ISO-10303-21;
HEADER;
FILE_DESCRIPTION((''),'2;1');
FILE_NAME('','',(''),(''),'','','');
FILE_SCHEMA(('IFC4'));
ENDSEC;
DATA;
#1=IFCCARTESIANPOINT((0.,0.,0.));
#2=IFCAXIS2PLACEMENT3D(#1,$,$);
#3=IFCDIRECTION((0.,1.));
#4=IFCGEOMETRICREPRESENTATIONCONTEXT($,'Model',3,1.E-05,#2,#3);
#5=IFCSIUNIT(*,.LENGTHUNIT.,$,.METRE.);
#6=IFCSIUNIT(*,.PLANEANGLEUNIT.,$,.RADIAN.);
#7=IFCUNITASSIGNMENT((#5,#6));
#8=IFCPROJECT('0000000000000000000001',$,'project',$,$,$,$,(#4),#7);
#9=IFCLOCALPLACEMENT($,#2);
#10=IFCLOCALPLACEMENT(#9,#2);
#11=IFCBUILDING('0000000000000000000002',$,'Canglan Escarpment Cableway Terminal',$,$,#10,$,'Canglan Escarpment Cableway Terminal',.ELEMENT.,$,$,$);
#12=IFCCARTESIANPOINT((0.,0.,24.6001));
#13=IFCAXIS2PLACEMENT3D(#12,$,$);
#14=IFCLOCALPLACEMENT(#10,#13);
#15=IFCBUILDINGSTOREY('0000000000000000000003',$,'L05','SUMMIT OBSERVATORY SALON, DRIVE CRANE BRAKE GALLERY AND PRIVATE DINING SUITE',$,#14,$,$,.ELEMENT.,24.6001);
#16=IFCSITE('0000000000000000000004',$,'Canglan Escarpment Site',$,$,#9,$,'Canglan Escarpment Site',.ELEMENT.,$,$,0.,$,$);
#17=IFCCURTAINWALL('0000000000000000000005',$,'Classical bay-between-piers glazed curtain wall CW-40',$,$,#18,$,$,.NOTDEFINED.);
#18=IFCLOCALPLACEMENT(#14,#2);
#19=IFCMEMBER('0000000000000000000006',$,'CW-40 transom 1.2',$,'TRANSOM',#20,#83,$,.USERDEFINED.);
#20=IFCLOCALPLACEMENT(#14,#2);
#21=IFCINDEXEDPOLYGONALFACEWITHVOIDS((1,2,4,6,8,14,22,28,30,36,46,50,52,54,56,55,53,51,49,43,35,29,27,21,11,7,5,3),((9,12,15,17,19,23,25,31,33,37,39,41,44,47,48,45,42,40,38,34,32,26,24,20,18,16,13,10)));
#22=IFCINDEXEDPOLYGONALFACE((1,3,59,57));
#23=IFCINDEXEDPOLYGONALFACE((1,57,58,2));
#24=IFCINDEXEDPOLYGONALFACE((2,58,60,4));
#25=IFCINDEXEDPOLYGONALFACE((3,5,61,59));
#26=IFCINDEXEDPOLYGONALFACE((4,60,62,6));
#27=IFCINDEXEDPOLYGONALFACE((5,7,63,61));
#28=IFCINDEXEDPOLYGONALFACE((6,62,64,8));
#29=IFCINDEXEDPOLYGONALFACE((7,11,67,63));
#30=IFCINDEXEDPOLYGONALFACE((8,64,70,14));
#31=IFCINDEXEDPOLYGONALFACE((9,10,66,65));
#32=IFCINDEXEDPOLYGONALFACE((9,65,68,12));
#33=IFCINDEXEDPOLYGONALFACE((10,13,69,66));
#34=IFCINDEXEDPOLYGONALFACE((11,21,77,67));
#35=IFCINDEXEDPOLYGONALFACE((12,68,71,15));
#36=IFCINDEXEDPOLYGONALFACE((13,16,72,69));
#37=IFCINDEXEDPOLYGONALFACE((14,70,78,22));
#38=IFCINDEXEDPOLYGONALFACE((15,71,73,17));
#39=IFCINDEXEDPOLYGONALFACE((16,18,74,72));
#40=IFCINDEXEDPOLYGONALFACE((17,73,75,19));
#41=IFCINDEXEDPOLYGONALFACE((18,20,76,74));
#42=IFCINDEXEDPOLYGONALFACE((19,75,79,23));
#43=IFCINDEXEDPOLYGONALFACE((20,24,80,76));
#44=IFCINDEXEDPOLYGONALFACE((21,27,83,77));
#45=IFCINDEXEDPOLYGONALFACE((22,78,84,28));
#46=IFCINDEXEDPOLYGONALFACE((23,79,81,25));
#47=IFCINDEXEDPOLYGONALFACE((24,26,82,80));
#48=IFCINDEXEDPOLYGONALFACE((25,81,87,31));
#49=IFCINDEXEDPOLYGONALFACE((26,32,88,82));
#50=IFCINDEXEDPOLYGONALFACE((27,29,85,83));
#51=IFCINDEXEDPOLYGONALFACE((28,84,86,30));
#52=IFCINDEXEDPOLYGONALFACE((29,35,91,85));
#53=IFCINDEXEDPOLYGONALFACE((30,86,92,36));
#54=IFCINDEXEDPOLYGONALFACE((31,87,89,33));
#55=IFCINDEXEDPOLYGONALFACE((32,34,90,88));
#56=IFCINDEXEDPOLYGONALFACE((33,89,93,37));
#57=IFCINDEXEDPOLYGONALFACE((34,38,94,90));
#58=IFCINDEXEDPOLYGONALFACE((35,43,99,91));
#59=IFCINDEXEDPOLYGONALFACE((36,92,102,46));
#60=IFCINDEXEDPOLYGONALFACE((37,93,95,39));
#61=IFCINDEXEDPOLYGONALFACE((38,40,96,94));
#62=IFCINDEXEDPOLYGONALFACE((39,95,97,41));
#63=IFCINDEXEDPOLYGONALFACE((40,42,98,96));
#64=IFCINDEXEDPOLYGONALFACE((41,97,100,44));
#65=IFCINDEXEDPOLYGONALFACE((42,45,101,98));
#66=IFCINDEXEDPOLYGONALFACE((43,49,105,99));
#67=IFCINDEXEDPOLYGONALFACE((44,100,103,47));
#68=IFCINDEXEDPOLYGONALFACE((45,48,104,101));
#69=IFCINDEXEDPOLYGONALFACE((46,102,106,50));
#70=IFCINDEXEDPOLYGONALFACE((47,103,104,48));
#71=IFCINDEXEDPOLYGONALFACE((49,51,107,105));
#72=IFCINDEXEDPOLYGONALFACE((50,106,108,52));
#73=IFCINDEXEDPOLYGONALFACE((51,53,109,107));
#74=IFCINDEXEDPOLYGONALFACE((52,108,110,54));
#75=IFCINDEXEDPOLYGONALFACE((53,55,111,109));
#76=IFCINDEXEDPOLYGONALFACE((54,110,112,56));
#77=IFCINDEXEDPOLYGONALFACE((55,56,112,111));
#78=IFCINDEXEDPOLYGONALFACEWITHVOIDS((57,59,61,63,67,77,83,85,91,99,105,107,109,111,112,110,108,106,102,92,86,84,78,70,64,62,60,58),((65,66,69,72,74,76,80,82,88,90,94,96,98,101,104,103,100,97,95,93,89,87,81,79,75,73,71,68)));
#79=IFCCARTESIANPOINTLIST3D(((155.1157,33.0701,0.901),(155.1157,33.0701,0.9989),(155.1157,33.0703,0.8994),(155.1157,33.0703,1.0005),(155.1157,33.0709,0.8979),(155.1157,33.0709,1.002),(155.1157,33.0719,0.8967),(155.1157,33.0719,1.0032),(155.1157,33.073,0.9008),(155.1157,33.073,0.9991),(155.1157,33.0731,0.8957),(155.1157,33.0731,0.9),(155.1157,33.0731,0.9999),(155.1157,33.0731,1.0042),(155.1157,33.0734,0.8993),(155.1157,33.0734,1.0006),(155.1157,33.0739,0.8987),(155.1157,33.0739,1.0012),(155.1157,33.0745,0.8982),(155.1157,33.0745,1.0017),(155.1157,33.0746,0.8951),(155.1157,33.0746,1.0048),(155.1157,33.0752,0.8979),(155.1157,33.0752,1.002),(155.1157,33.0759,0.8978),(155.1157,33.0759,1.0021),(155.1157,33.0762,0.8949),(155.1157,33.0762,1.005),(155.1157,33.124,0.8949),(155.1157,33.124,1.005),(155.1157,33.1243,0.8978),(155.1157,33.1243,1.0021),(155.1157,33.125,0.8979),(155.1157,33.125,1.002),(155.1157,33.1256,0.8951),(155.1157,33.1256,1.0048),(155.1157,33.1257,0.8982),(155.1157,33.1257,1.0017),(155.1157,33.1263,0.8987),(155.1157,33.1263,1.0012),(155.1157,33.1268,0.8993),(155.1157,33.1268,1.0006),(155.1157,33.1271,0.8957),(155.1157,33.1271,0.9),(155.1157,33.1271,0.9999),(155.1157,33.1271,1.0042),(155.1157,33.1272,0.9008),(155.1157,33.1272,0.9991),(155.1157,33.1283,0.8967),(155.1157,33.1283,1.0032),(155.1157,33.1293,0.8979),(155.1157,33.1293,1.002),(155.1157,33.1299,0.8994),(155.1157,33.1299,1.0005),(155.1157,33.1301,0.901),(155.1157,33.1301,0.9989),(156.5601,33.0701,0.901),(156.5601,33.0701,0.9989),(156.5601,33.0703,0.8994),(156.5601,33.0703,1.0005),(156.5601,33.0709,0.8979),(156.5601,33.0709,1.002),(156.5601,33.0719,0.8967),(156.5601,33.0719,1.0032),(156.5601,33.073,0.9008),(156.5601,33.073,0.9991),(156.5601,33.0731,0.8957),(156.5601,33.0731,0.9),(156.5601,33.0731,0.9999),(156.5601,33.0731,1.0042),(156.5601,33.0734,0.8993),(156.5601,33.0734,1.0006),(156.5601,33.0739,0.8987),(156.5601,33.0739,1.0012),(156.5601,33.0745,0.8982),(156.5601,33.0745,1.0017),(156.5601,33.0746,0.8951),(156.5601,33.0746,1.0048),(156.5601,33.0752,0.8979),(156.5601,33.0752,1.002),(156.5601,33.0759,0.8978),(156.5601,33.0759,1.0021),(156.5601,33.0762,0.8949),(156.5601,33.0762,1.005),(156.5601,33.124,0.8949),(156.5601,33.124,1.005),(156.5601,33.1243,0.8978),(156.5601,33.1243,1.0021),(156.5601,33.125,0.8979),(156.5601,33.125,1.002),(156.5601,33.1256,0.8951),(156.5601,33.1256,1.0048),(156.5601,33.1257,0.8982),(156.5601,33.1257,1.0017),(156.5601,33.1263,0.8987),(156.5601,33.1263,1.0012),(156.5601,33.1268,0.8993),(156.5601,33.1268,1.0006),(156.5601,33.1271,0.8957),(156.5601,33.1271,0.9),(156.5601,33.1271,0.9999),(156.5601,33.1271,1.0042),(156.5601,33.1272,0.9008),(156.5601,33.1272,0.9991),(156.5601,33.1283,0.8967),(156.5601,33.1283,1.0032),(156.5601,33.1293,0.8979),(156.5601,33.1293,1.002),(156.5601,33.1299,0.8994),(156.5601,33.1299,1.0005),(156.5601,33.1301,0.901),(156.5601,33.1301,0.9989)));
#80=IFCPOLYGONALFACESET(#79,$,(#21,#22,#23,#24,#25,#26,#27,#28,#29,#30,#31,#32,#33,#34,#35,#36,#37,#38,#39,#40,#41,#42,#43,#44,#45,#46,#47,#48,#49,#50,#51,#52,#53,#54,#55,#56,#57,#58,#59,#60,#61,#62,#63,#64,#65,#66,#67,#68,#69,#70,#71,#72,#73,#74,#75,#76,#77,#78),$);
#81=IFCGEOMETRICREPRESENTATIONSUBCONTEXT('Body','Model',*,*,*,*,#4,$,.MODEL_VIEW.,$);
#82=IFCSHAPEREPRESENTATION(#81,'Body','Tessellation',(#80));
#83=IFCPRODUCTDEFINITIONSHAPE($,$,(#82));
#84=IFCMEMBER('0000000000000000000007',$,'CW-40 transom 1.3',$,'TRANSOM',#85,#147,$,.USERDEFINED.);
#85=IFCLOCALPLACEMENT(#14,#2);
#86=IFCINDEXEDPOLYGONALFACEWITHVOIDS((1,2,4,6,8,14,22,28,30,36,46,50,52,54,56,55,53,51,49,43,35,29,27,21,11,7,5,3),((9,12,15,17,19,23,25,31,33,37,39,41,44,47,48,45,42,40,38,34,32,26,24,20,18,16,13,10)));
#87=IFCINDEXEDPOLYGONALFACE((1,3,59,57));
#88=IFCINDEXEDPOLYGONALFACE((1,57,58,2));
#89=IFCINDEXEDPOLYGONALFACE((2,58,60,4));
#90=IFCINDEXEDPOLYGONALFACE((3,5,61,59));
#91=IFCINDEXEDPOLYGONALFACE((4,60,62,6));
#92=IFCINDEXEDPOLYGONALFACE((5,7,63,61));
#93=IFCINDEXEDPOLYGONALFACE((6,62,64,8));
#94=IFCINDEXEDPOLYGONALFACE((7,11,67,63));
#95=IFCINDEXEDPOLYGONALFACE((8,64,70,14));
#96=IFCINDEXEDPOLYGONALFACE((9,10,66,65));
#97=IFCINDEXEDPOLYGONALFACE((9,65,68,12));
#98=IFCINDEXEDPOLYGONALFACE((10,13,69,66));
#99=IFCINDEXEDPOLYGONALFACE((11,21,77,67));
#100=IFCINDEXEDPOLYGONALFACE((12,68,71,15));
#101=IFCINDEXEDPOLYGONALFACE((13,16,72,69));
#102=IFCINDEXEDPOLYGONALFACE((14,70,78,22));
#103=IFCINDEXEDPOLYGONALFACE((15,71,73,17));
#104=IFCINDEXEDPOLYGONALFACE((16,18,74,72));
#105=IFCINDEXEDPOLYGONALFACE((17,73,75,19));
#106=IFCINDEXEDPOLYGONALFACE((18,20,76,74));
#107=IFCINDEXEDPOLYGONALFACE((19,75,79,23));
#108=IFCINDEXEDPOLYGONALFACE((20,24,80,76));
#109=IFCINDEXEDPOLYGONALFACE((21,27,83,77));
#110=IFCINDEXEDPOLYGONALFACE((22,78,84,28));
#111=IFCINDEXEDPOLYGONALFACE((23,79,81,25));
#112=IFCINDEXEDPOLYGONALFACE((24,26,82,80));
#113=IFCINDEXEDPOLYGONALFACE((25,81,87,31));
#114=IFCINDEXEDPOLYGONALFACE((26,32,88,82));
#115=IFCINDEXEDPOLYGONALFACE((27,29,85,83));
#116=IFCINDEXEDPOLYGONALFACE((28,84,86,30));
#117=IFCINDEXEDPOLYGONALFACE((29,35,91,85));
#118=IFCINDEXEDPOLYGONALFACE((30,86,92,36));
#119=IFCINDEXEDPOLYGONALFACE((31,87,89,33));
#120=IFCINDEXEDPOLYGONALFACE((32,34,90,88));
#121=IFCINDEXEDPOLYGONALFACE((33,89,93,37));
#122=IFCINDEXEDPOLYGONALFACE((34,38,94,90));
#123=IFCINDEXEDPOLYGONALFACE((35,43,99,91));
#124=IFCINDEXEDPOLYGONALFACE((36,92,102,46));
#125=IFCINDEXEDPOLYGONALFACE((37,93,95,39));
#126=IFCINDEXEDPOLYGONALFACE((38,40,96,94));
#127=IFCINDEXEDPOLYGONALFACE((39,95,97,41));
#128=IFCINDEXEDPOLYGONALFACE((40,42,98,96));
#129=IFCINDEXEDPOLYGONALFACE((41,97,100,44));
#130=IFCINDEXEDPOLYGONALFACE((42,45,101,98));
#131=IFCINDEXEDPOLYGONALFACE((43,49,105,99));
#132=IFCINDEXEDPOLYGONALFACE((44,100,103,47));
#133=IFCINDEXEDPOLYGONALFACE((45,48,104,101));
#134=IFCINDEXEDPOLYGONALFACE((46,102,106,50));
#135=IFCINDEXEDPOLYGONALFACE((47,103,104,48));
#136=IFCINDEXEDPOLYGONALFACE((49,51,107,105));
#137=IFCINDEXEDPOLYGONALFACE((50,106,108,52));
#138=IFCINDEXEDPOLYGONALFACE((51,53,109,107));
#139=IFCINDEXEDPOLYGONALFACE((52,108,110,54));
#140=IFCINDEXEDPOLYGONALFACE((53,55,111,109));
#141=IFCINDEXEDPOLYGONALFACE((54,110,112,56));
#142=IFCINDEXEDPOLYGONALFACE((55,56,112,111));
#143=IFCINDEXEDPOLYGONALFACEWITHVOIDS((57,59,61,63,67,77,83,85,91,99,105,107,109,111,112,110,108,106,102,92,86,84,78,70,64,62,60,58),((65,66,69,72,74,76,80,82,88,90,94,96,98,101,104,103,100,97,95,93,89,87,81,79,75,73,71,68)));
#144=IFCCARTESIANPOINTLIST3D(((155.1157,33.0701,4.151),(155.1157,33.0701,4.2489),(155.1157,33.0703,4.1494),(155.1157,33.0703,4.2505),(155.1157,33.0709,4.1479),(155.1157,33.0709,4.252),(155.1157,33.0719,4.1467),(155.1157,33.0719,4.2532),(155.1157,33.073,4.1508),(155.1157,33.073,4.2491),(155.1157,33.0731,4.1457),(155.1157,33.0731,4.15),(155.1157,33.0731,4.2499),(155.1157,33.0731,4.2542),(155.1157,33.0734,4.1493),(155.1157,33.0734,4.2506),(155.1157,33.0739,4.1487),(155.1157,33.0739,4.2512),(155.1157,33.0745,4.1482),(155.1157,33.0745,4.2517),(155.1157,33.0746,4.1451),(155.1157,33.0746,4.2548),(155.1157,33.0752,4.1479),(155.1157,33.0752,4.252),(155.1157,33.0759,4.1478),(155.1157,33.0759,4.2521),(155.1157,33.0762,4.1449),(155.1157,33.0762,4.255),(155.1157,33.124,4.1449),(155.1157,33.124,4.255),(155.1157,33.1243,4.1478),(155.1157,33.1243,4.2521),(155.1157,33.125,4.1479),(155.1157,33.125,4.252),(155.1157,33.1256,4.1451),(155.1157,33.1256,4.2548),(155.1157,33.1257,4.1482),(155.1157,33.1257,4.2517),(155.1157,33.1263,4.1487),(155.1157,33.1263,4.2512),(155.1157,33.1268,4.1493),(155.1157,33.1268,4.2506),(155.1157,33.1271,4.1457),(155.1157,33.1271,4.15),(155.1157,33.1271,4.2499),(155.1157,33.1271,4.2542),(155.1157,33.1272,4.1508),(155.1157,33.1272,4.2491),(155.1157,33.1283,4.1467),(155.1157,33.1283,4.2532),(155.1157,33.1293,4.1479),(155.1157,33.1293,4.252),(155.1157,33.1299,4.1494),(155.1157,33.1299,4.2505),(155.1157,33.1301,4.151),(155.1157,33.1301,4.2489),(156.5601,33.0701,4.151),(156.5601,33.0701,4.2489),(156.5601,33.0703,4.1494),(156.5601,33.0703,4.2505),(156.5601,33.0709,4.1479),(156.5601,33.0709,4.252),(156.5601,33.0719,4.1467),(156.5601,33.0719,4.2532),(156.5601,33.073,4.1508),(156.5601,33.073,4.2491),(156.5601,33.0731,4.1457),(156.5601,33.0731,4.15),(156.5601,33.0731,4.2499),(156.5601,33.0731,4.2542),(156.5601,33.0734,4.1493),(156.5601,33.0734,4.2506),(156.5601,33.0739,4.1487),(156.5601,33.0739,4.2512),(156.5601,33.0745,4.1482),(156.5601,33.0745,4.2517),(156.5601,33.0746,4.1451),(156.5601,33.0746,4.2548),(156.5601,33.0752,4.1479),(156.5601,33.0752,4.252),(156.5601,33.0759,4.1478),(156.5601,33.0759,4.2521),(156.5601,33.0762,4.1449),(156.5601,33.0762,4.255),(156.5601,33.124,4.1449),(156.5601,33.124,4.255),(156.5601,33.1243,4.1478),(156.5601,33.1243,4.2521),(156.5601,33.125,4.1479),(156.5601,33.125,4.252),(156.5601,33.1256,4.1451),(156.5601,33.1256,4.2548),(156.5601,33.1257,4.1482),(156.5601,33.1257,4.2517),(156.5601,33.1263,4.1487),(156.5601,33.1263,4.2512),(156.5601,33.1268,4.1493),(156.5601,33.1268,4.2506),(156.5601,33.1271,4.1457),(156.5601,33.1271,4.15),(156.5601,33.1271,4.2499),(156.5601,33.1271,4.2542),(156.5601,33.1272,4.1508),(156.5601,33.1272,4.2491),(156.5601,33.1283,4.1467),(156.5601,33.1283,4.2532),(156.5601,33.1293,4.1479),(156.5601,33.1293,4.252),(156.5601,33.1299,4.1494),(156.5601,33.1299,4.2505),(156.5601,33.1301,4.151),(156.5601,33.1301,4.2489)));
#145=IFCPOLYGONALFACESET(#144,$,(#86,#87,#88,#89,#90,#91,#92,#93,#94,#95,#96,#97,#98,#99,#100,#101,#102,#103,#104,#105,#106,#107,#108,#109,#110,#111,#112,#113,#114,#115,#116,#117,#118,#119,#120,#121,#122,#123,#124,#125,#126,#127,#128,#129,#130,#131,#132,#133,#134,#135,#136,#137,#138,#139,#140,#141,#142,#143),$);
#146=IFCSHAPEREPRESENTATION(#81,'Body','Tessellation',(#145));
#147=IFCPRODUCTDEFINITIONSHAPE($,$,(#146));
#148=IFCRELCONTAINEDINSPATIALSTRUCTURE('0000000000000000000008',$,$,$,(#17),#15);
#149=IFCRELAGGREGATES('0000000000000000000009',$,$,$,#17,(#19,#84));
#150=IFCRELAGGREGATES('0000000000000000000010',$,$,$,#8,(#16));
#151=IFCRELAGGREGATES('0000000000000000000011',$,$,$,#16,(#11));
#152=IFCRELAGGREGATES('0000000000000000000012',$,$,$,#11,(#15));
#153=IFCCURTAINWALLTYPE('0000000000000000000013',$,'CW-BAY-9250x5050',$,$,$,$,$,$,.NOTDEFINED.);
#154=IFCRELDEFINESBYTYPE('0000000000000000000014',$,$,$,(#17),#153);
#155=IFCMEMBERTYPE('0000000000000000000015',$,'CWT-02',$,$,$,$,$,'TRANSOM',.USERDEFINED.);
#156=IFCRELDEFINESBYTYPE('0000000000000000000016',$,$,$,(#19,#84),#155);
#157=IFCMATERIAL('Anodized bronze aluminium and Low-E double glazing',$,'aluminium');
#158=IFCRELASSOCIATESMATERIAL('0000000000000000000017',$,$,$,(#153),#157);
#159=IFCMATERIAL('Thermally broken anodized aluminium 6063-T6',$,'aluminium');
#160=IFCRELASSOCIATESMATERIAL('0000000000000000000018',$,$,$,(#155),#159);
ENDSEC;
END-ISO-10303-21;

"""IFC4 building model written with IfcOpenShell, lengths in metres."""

from ifc_helpers import new_model, si_unit, direction, frame, origin, origin_2d, place, context, subcontext, project, spatial, hollow_rectangle, extrude, material, material_profile, profile_set, type_object, element, aggregate, save


model = new_model("IFC4")

# Units and contexts
model_context = context("Model", 3, precision=1e-05, world=origin(), true_north=direction((0.0, 1.0)))
body_context = subcontext(model_context, "Body", "Model", "MODEL_VIEW")
ifc_project = project(units=[si_unit("LENGTHUNIT", "METRE"), si_unit("PLANEANGLEUNIT", "RADIAN")], contexts=[model_context])

# Site, building, storey
site_placement = place(None, origin())
site = spatial("IfcSite", under=ifc_project, at=site_placement, Name="Canglan Escarpment Site", LongName="Canglan Escarpment Site", CompositionType="ELEMENT", RefElevation=0.0)
building_placement = place(site_placement, origin())
building = spatial("IfcBuilding", under=site, at=building_placement, Name="Canglan Escarpment Cableway Terminal", LongName="Canglan Escarpment Cableway Terminal", CompositionType="ELEMENT")
storey_placement = place(building_placement, frame((0.0, 0.0, 24.6001)))
storey = spatial("IfcBuildingStorey", under=building, at=storey_placement, Name="L05", Description="SUMMIT OBSERVATORY SALON, DRIVE CRANE BRAKE GALLERY AND PRIVATE DINING SUITE", CompositionType="ELEMENT", Elevation=24.6001)

# Curtain wall, members
ifc_material_1 = material(Name="Anodized bronze aluminium and Low-E double glazing", Category="aluminium")
curtain_wall_type = type_object("IfcCurtainWallType", Name="CW-BAY-9250x5050", PredefinedType="NOTDEFINED", material=ifc_material_1)
curtain_wall_placement = place(storey_placement, origin())
curtain_wall = element("IfcCurtainWall", 1, at=curtain_wall_placement, inside=storey, type_object=curtain_wall_type, Name="Classical bay-between-piers glazed curtain wall CW-40", PredefinedType="NOTDEFINED")
ifc_material_2 = material(Name="Thermally broken anodized aluminium 6063-T6", Category="aluminium")
ifc_material_profile_1 = material_profile(ifc_material_2, hollow_rectangle(XDim=0.0601, YDim=0.1101, WallThickness=0.0029, InnerFilletRadius=0.0029, OuterFilletRadius=0.0061, at=origin_2d()), Name="ALU-TRAN 60x110x3")
ifc_profile_set_1 = profile_set([ifc_material_profile_1], Name="Thermally broken anodized aluminium 6063-T6")
member_type_1 = type_object("IfcMemberType", Name="CWT-02", ElementType="TRANSOM", PredefinedType="USERDEFINED", material=ifc_profile_set_1)
member_1_placement = place(storey_placement, frame((156.5601, 33.1001, 0.95), z_axis=(-1.0, 0.0, 0.0), x_axis=(0.0, -1.0, 0.0)))
member_1 = element("IfcMember", 2, at=member_1_placement, type_object=member_type_1, Name="CW-40 transom 1.2", ObjectType="TRANSOM", PredefinedType="USERDEFINED", context=body_context, shape_type="SweptSolid", body=[
    extrude(hollow_rectangle(XDim=0.0601, YDim=0.1101, WallThickness=0.0029, InnerFilletRadius=0.0029, OuterFilletRadius=0.0061, at=origin_2d()), origin(), (0.0, 0.0, 1.0), 1.4443),
])
member_2_placement = place(storey_placement, frame((156.5601, 33.1001, 4.2), z_axis=(-1.0, 0.0, 0.0), x_axis=(0.0, -1.0, 0.0)))
member_2 = element("IfcMember", 3, at=member_2_placement, type_object=member_type_1, Name="CW-40 transom 1.3", ObjectType="TRANSOM", PredefinedType="USERDEFINED", context=body_context, shape_type="SweptSolid", body=[
    extrude(hollow_rectangle(XDim=0.0601, YDim=0.1101, WallThickness=0.0029, InnerFilletRadius=0.0029, OuterFilletRadius=0.0061, at=origin_2d()), origin(), (0.0, 0.0, 1.0), 1.4443),
])

aggregate(curtain_wall, [member_1, member_2])

save(model, "model.ifc")
